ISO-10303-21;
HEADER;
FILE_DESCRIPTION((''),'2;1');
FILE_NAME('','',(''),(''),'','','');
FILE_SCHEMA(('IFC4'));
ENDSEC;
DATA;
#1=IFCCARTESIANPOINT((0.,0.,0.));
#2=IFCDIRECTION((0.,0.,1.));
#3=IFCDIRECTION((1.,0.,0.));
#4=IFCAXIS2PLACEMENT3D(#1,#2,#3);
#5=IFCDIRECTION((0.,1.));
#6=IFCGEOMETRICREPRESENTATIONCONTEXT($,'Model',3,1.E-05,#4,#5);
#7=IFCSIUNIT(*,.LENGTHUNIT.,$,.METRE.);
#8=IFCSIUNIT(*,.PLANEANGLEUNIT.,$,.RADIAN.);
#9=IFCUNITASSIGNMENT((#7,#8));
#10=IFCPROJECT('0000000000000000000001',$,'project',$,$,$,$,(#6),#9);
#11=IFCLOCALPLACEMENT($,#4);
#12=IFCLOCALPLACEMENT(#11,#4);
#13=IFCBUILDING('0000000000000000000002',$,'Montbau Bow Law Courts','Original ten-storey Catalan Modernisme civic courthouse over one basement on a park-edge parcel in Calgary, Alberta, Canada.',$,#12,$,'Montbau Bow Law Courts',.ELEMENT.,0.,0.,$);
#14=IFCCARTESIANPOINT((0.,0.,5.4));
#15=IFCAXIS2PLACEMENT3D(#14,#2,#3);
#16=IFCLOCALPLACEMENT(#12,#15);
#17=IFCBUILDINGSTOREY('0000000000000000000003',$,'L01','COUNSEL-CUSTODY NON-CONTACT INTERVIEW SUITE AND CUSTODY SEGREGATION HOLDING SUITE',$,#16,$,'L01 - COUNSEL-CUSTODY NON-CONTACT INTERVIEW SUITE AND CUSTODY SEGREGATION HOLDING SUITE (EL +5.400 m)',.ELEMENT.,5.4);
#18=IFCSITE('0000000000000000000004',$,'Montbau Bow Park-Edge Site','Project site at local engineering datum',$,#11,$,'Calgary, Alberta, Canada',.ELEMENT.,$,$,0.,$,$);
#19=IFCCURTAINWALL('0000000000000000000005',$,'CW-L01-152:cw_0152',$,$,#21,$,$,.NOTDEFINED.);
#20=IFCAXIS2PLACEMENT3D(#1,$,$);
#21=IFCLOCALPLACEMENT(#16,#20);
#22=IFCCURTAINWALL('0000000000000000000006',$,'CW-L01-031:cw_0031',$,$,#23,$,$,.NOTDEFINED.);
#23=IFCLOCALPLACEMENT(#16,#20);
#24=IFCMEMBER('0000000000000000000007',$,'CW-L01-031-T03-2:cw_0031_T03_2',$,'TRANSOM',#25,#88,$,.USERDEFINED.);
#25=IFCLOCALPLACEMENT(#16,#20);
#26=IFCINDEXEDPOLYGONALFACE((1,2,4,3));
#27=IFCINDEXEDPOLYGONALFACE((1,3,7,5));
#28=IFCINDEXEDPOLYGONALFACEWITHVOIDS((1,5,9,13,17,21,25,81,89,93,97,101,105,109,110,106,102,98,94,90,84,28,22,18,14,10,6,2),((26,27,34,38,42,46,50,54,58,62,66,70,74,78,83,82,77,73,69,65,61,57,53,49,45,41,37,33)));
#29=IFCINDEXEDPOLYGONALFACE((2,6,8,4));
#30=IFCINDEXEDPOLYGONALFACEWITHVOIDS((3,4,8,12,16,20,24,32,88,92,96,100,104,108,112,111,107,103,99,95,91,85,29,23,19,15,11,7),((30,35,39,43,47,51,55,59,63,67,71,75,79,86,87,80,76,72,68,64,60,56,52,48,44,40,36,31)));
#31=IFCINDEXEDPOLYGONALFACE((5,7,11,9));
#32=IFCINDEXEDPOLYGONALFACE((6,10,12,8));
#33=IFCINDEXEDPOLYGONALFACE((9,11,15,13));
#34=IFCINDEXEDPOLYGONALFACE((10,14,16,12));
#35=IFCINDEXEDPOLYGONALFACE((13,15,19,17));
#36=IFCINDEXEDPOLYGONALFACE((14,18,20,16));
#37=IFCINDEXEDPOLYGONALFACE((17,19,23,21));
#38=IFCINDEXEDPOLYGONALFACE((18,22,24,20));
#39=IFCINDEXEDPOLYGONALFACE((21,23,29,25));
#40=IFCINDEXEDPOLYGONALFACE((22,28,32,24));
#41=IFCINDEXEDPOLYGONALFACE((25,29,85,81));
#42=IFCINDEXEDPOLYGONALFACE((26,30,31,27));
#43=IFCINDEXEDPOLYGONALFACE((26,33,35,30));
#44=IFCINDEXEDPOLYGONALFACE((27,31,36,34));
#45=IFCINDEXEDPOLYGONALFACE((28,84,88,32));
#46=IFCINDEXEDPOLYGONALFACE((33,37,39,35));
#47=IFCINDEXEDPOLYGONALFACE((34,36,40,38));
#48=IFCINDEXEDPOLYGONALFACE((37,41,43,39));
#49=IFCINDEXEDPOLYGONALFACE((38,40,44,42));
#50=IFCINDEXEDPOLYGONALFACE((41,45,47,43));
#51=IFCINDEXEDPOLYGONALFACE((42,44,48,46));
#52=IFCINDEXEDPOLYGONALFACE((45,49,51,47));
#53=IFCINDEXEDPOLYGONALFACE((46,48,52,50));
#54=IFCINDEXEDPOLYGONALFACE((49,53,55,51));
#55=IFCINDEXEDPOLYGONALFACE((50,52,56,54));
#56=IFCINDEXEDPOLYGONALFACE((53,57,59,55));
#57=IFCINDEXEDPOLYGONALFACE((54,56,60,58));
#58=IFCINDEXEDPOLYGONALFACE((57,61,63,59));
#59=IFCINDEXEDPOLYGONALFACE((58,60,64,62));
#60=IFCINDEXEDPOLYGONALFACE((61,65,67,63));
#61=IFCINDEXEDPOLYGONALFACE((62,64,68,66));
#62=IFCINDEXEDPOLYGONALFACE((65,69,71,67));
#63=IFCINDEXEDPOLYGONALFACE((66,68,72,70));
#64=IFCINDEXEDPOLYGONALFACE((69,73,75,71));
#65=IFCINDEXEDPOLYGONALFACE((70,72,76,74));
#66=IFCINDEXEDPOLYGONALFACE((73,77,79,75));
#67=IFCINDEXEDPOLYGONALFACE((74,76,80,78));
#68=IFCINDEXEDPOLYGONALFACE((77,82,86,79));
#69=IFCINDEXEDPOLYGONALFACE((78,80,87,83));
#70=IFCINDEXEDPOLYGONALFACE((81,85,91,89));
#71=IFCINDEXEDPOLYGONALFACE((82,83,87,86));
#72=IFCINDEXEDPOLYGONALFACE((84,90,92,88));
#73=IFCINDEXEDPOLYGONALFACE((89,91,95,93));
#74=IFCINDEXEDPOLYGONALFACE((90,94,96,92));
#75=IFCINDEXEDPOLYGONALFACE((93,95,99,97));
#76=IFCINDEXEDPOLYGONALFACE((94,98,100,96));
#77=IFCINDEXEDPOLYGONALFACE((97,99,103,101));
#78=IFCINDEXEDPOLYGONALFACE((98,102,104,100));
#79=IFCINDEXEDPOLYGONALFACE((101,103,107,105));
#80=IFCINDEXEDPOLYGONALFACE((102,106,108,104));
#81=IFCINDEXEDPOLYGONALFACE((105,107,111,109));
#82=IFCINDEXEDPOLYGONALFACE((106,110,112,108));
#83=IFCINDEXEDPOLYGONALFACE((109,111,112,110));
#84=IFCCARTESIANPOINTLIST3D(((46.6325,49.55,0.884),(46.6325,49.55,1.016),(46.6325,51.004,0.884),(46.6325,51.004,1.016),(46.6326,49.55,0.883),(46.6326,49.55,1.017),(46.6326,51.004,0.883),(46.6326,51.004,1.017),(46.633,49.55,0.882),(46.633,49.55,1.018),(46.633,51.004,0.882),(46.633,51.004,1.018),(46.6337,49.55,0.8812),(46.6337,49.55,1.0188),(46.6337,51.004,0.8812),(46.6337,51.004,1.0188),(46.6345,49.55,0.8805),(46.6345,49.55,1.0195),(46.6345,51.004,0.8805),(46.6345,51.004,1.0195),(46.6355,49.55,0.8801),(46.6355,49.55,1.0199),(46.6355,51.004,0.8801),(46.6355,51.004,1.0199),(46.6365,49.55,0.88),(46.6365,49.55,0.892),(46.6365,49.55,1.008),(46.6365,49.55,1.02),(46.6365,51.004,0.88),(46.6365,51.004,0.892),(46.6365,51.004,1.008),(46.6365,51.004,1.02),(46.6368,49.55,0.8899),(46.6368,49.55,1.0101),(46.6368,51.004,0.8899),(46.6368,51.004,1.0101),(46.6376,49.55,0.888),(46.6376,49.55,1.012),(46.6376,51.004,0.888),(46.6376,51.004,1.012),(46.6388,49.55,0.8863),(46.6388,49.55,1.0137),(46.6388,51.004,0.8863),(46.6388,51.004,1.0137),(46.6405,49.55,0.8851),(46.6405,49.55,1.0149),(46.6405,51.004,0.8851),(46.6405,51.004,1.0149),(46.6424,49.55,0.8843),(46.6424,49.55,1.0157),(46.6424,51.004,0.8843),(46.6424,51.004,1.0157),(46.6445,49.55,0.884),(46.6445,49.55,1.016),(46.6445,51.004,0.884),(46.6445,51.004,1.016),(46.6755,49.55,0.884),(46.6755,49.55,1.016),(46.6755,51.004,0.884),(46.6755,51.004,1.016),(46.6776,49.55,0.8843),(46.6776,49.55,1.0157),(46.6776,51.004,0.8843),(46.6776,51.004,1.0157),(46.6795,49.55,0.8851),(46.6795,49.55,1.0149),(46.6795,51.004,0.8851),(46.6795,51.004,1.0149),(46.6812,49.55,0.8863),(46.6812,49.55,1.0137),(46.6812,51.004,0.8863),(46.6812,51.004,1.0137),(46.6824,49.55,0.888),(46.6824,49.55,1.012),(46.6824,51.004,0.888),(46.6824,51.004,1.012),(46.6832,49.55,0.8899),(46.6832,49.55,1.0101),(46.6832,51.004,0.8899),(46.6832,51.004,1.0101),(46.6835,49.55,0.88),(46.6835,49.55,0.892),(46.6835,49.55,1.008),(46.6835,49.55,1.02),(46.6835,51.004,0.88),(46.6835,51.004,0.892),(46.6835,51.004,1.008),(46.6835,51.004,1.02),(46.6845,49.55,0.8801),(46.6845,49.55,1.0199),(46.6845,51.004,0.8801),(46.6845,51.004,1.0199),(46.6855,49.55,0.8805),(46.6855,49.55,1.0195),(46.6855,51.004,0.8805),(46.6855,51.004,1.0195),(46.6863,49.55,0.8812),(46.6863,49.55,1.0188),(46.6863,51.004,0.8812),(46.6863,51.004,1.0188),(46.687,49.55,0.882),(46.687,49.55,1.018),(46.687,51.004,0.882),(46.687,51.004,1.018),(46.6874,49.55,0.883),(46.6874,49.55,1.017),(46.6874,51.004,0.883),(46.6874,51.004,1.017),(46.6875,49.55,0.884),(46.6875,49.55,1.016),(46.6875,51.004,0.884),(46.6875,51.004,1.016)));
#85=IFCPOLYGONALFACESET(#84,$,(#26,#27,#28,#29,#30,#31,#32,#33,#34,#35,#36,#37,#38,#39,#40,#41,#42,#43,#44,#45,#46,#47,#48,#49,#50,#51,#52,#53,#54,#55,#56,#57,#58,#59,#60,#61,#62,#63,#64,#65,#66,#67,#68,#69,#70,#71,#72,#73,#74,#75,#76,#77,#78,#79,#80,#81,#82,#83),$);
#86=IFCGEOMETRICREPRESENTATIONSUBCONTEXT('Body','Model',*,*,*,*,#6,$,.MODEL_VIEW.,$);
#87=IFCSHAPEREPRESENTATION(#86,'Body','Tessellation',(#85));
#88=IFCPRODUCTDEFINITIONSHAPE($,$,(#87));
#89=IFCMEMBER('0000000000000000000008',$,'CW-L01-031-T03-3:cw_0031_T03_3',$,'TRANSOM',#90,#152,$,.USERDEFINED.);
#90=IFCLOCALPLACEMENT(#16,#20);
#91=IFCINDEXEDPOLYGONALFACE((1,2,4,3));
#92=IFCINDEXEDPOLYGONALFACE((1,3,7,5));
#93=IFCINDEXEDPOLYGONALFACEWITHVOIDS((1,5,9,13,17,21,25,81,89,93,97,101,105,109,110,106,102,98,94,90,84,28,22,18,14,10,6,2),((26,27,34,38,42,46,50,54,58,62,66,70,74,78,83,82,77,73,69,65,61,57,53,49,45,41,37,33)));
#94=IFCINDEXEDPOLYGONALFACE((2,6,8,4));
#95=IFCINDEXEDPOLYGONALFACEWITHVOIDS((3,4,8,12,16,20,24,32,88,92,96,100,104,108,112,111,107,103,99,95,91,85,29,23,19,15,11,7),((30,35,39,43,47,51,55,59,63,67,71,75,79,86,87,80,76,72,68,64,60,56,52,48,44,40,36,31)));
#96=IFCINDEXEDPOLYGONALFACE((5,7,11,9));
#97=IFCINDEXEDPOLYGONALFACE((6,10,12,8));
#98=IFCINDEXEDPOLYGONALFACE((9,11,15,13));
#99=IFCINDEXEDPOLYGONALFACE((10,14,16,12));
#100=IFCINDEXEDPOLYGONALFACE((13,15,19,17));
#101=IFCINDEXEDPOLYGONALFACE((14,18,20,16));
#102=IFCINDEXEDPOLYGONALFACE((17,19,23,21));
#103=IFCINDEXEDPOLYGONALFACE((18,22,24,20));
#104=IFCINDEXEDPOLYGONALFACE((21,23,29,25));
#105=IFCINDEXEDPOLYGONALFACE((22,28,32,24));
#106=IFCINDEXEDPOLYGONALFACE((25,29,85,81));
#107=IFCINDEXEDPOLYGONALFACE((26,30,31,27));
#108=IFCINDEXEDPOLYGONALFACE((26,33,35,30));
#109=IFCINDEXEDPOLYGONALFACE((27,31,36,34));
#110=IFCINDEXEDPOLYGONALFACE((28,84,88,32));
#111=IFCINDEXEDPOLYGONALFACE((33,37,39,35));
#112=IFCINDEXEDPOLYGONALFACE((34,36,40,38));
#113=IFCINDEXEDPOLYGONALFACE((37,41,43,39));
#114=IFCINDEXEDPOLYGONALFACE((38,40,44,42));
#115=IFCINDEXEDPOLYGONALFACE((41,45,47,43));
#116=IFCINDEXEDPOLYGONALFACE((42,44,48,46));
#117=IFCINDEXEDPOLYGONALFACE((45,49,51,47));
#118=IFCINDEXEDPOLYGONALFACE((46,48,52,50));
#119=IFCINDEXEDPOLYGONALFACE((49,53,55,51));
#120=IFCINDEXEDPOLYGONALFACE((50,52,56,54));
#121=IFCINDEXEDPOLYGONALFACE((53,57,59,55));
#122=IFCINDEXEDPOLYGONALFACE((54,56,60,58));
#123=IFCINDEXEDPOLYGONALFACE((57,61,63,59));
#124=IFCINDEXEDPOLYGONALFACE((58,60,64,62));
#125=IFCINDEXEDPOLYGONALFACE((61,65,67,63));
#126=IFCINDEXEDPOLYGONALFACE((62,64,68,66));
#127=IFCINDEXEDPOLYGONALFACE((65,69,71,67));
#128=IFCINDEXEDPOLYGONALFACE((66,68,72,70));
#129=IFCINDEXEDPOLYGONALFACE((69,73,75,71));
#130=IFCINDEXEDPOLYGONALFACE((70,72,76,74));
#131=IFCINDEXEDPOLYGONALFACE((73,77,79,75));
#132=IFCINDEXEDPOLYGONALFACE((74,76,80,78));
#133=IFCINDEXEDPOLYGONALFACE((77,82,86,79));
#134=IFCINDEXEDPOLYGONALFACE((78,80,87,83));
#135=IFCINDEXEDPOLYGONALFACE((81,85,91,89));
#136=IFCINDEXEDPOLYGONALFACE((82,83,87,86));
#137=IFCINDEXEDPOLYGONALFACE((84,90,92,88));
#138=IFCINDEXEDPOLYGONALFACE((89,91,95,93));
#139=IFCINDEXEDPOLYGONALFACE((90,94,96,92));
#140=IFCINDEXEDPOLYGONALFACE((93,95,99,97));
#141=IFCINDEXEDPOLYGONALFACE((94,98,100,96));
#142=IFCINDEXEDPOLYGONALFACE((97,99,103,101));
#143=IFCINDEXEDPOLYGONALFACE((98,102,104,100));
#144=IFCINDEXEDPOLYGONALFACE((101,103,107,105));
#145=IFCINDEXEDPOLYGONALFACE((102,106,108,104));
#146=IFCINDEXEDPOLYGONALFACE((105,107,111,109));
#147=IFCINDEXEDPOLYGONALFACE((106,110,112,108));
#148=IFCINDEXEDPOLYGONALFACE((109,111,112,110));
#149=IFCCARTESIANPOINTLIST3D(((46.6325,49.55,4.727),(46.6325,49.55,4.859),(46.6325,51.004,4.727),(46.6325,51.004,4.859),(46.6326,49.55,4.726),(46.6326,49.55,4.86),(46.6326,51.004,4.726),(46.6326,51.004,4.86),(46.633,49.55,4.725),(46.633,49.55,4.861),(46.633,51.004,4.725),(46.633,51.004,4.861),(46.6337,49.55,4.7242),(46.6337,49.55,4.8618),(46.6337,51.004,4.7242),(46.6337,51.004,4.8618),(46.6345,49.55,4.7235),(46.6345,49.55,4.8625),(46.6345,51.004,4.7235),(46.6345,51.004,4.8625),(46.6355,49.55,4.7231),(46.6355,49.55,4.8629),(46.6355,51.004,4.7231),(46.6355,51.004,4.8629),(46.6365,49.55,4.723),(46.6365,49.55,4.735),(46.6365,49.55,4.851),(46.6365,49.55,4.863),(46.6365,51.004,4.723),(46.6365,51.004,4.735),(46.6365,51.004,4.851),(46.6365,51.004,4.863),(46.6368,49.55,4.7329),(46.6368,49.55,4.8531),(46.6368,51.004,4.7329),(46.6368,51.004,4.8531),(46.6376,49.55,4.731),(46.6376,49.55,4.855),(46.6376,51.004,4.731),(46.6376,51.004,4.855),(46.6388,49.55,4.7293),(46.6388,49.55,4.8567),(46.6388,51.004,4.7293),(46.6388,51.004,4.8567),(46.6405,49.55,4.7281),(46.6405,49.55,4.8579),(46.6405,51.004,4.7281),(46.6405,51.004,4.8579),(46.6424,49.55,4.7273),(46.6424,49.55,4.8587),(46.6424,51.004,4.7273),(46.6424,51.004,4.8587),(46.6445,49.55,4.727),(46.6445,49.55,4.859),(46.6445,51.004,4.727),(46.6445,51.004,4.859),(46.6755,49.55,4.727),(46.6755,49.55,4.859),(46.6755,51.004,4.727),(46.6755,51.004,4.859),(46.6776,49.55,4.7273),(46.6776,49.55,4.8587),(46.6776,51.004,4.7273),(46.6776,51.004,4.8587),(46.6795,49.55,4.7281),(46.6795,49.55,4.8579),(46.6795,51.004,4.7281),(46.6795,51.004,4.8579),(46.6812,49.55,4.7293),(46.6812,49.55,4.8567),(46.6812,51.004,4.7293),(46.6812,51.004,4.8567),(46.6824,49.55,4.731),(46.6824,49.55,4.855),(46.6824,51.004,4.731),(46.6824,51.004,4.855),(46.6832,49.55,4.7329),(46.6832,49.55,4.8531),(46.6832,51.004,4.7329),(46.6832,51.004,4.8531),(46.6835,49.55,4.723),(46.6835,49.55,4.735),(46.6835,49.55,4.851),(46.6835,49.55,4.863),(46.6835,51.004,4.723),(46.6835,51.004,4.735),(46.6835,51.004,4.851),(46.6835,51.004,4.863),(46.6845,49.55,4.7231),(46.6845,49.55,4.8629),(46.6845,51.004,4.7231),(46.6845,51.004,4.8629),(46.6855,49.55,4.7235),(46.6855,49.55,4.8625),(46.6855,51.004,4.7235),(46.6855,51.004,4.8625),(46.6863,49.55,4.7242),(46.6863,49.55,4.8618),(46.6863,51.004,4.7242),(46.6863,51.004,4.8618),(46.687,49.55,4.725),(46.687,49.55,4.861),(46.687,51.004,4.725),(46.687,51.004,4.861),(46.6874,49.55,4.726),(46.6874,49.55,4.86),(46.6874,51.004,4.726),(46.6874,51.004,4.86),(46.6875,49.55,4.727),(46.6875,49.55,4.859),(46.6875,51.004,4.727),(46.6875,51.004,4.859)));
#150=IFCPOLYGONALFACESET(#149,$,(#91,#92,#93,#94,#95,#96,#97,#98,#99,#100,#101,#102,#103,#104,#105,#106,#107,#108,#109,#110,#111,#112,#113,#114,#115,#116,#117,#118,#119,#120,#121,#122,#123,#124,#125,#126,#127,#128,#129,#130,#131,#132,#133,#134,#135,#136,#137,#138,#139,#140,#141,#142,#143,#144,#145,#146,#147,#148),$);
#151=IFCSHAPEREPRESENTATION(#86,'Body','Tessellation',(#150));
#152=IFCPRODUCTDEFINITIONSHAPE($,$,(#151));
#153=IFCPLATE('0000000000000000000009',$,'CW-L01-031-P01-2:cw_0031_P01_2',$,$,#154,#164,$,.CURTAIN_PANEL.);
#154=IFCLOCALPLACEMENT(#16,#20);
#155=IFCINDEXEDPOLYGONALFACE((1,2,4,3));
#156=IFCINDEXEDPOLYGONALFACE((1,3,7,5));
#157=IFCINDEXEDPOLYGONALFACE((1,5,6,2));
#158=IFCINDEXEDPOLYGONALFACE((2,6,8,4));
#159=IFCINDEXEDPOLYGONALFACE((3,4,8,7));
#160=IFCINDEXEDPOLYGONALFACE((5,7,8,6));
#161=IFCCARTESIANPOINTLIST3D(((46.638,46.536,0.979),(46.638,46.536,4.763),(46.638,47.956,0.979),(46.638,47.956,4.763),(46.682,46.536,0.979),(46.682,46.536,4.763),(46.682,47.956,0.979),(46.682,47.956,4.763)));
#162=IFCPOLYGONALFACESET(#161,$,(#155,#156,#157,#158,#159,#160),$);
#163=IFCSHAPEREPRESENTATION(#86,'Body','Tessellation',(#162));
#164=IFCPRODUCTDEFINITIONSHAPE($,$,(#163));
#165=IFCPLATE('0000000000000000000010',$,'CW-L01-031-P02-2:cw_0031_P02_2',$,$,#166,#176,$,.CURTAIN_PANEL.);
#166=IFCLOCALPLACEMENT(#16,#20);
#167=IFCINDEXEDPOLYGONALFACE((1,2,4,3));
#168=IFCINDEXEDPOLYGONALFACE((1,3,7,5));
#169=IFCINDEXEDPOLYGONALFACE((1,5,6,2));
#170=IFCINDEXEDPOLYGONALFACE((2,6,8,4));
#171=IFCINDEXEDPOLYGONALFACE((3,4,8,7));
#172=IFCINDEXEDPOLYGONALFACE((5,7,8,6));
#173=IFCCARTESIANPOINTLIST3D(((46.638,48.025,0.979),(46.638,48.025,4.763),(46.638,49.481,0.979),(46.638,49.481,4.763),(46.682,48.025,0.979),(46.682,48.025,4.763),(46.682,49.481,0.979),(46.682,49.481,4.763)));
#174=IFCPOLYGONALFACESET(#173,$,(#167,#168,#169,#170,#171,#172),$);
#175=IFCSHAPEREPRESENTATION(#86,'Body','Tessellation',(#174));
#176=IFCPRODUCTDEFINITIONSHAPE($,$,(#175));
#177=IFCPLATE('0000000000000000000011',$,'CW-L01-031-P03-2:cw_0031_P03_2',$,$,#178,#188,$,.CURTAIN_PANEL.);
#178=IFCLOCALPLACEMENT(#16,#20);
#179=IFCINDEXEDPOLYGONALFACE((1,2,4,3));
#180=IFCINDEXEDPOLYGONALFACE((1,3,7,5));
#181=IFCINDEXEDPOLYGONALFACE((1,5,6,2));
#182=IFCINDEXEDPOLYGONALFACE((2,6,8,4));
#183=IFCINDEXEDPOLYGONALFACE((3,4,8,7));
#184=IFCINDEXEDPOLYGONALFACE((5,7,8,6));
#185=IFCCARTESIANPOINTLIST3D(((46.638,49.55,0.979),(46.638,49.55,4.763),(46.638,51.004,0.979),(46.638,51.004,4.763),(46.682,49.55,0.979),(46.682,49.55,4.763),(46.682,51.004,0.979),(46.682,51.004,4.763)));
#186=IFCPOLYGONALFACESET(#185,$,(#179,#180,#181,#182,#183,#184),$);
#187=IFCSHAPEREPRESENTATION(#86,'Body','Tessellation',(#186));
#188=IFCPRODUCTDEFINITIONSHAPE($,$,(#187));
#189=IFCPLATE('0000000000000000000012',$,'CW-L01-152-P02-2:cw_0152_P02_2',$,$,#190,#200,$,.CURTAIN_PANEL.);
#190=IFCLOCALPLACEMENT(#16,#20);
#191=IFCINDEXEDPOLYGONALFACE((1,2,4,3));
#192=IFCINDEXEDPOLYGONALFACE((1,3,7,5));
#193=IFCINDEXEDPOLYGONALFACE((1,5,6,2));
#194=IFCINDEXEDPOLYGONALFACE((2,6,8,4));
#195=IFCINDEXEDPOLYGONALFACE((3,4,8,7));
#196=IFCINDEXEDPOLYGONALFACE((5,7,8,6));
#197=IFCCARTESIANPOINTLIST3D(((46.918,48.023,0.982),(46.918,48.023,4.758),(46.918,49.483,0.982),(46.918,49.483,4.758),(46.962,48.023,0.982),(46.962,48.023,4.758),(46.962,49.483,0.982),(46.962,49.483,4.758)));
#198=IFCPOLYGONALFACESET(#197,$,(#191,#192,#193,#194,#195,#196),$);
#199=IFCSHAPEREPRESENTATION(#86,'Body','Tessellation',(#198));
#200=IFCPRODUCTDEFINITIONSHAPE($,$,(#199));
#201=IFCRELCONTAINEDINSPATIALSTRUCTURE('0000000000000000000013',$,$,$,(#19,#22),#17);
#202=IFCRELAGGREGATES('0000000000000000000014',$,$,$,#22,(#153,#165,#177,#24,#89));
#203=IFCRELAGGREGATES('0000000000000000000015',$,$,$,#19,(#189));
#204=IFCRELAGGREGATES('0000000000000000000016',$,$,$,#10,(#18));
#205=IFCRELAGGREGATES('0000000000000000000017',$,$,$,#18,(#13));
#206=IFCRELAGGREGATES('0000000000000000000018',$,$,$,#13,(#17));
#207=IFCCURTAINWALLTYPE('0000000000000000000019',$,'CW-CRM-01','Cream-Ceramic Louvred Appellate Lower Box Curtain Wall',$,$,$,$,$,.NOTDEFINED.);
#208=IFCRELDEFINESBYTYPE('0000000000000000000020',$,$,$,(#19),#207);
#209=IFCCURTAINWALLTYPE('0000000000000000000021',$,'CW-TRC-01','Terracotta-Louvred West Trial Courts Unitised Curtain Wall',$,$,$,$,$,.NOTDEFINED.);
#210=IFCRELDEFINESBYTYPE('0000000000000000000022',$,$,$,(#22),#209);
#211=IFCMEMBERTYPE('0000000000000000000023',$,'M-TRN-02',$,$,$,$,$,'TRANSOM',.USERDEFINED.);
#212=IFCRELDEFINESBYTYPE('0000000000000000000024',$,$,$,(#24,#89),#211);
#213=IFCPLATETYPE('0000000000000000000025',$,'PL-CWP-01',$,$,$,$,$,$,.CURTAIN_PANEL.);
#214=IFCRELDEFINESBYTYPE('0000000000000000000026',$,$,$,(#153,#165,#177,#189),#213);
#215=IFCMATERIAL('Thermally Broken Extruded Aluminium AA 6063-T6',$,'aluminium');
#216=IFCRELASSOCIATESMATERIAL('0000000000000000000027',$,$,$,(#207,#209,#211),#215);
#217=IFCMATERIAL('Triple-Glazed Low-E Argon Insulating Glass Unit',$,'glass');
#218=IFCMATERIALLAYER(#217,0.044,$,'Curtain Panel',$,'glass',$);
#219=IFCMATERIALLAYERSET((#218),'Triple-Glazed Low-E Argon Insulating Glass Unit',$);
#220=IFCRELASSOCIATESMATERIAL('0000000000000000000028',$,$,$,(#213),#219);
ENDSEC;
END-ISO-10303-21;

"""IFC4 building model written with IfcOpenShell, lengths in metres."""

from ifc_helpers import new_model, si_unit, direction, frame, frame_2d, origin_with_axes, origin_2d_with_axis, place, context, subcontext, project, spatial, rectangle, hollow_rectangle, extrude, material, layer, layer_set, material_profile, profile_set, type_object, element, aggregate, save


model = new_model("IFC4")

# Units and contexts
model_context = context("Model", 3, precision=1e-05, world=origin_with_axes(), true_north=direction((0.0, 1.0)))
body_context = subcontext(model_context, "Body", "Model", "MODEL_VIEW")
ifc_project = project(units=[si_unit("LENGTHUNIT", "METRE"), si_unit("PLANEANGLEUNIT", "RADIAN")], contexts=[model_context])

# Site, building, storey
site_placement = place(None, origin_with_axes())
site = spatial("IfcSite", under=ifc_project, at=site_placement, Name="Montbau Bow Park-Edge Site", Description="Project site at local engineering datum", LongName="Calgary, Alberta, Canada", CompositionType="ELEMENT", RefElevation=0.0)
building_placement = place(site_placement, origin_with_axes())
building = spatial("IfcBuilding", under=site, at=building_placement, Name="Montbau Bow Law Courts", Description="Original ten-storey Catalan Modernisme civic courthouse over one basement on a park-edge parcel in Calgary, Alberta, Canada.", LongName="Montbau Bow Law Courts", CompositionType="ELEMENT", ElevationOfRefHeight=0.0, ElevationOfTerrain=0.0)
storey_placement = place(building_placement, frame((0.0, 0.0, 5.4), z_axis=(0.0, 0.0, 1.0), x_axis=(1.0, 0.0, 0.0)))
storey = spatial("IfcBuildingStorey", under=building, at=storey_placement, Name="L01", Description="COUNSEL-CUSTODY NON-CONTACT INTERVIEW SUITE AND CUSTODY SEGREGATION HOLDING SUITE", LongName="L01 - COUNSEL-CUSTODY NON-CONTACT INTERVIEW SUITE AND CUSTODY SEGREGATION HOLDING SUITE (EL +5.400 m)", CompositionType="ELEMENT", Elevation=5.4)

# Curtain wall
ifc_material_1 = material(Name="Thermally Broken Extruded Aluminium AA 6063-T6", Category="aluminium")
curtain_wall_type_1 = type_object("IfcCurtainWallType", Name="CW-CRM-01", Description="Cream-Ceramic Louvred Appellate Lower Box Curtain Wall", PredefinedType="NOTDEFINED", material=ifc_material_1)
curtain_wall_1_placement = place(None, frame((46.94, 46.468, 5.4), z_axis=(0.0, 0.0, 1.0), x_axis=(1.0, 0.0, 0.0)))
curtain_wall_1 = element("IfcCurtainWall", 1, at=curtain_wall_1_placement, inside=storey, type_object=curtain_wall_type_1, Name="CW-L01-152:cw_0152", PredefinedType="NOTDEFINED")

# Curtain wall, members, plates
curtain_wall_type_2 = type_object("IfcCurtainWallType", Name="CW-TRC-01", Description="Terracotta-Louvred West Trial Courts Unitised Curtain Wall", PredefinedType="NOTDEFINED", material=ifc_material_1)
curtain_wall_2_placement = place(None, frame((46.66, 46.468, 5.4), z_axis=(0.0, 0.0, 1.0), x_axis=(1.0, 0.0, 0.0)))
curtain_wall_2 = element("IfcCurtainWall", 2, at=curtain_wall_2_placement, inside=storey, type_object=curtain_wall_type_2, Name="CW-L01-031:cw_0031", PredefinedType="NOTDEFINED")
ifc_material_profile_1 = material_profile(ifc_material_1, hollow_rectangle(XDim=0.055, YDim=0.14, WallThickness=0.004, InnerFilletRadius=0.008, OuterFilletRadius=0.004, at=origin_2d_with_axis()), Name="CWT-140X55", Category="Main", Priority=0)
ifc_profile_set_1 = profile_set([ifc_material_profile_1], Name="Thermally Broken Extruded Aluminium AA 6063-T6")
member_type_1 = type_object("IfcMemberType", Name="M-TRN-02", ElementType="TRANSOM", PredefinedType="USERDEFINED", material=ifc_profile_set_1)
member_1_placement = place(None, frame((46.66, 49.55, 6.35), z_axis=(0.0, 1.0, 0.0), x_axis=(-1.0, 0.0, 0.0)))
member_1 = element("IfcMember", 3, at=member_1_placement, type_object=member_type_1, Name="CW-L01-031-T03-2:cw_0031_T03_2", ObjectType="TRANSOM", PredefinedType="USERDEFINED", context=body_context, shape_type="SweptSolid", body=[
    extrude(hollow_rectangle(XDim=0.055, YDim=0.14, WallThickness=0.004, InnerFilletRadius=0.008, OuterFilletRadius=0.004, at=origin_2d_with_axis()), origin_with_axes(), (0.0, 0.0, 1.0), 1.454),
])
member_2_placement = place(None, frame((46.66, 49.55, 10.193), z_axis=(0.0, 1.0, 0.0), x_axis=(-1.0, 0.0, 0.0)))
member_2 = element("IfcMember", 4, at=member_2_placement, type_object=member_type_1, Name="CW-L01-031-T03-3:cw_0031_T03_3", ObjectType="TRANSOM", PredefinedType="USERDEFINED", context=body_context, shape_type="SweptSolid", body=[
    extrude(hollow_rectangle(XDim=0.055, YDim=0.14, WallThickness=0.004, InnerFilletRadius=0.008, OuterFilletRadius=0.004, at=origin_2d_with_axis()), origin_with_axes(), (0.0, 0.0, 1.0), 1.454),
])
ifc_material_2 = material(Name="Triple-Glazed Low-E Argon Insulating Glass Unit", Category="glass")
ifc_layer_1 = layer(ifc_material_2, 0.044, Name="Curtain Panel", Category="glass")
ifc_layer_set_1 = layer_set([ifc_layer_1], Name="Triple-Glazed Low-E Argon Insulating Glass Unit")
plate_type_1 = type_object("IfcPlateType", Name="PL-CWP-01", PredefinedType="CURTAIN_PANEL", material=ifc_layer_set_1)
plate_1_placement = place(None, frame((46.66, 46.536, 6.379), z_axis=(1.0, 0.0, 0.0), x_axis=(0.0, 1.0, 0.0)))
plate_1 = element("IfcPlate", 5, at=plate_1_placement, type_object=plate_type_1, Name="CW-L01-031-P01-2:cw_0031_P01_2", PredefinedType="CURTAIN_PANEL", context=body_context, shape_type="SweptSolid", body=[
    extrude(rectangle(XDim=1.42, YDim=3.784, at=frame_2d((0.71, 1.892), x_axis=(1.0, 0.0))), frame((0.0, 0.0, -0.022), z_axis=(0.0, 0.0, 1.0), x_axis=(1.0, 0.0, 0.0)), (0.0, 0.0, 1.0), 0.044),
])
plate_2_placement = place(None, frame((46.66, 48.025, 6.379), z_axis=(1.0, 0.0, 0.0), x_axis=(0.0, 1.0, 0.0)))
plate_2 = element("IfcPlate", 6, at=plate_2_placement, type_object=plate_type_1, Name="CW-L01-031-P02-2:cw_0031_P02_2", PredefinedType="CURTAIN_PANEL", context=body_context, shape_type="SweptSolid", body=[
    extrude(rectangle(XDim=1.456, YDim=3.784, at=frame_2d((0.728, 1.892), x_axis=(1.0, 0.0))), frame((0.0, 0.0, -0.022), z_axis=(0.0, 0.0, 1.0), x_axis=(1.0, 0.0, 0.0)), (0.0, 0.0, 1.0), 0.044),
])
plate_3_placement = place(None, frame((46.66, 49.55, 6.379), z_axis=(1.0, 0.0, 0.0), x_axis=(0.0, 1.0, 0.0)))
plate_3 = element("IfcPlate", 7, at=plate_3_placement, type_object=plate_type_1, Name="CW-L01-031-P03-2:cw_0031_P03_2", PredefinedType="CURTAIN_PANEL", context=body_context, shape_type="SweptSolid", body=[
    extrude(rectangle(XDim=1.454, YDim=3.784, at=frame_2d((0.727, 1.892), x_axis=(1.0, 0.0))), frame((0.0, 0.0, -0.022), z_axis=(0.0, 0.0, 1.0), x_axis=(1.0, 0.0, 0.0)), (0.0, 0.0, 1.0), 0.044),
])

# Plate
plate_4_placement = place(None, frame((46.94, 48.023, 6.382), z_axis=(1.0, 0.0, 0.0), x_axis=(0.0, 1.0, 0.0)))
plate_4 = element("IfcPlate", 8, at=plate_4_placement, type_object=plate_type_1, Name="CW-L01-152-P02-2:cw_0152_P02_2", PredefinedType="CURTAIN_PANEL", context=body_context, shape_type="SweptSolid", body=[
    extrude(rectangle(XDim=1.46, YDim=3.776, at=frame_2d((0.73, 1.888), x_axis=(1.0, 0.0))), frame((0.0, 0.0, -0.022), z_axis=(0.0, 0.0, 1.0), x_axis=(1.0, 0.0, 0.0)), (0.0, 0.0, 1.0), 0.044),
])
aggregate(curtain_wall_2, [plate_1, plate_2, plate_3, member_1, member_2])
aggregate(curtain_wall_1, [plate_4])

save(model, "model.ifc")
